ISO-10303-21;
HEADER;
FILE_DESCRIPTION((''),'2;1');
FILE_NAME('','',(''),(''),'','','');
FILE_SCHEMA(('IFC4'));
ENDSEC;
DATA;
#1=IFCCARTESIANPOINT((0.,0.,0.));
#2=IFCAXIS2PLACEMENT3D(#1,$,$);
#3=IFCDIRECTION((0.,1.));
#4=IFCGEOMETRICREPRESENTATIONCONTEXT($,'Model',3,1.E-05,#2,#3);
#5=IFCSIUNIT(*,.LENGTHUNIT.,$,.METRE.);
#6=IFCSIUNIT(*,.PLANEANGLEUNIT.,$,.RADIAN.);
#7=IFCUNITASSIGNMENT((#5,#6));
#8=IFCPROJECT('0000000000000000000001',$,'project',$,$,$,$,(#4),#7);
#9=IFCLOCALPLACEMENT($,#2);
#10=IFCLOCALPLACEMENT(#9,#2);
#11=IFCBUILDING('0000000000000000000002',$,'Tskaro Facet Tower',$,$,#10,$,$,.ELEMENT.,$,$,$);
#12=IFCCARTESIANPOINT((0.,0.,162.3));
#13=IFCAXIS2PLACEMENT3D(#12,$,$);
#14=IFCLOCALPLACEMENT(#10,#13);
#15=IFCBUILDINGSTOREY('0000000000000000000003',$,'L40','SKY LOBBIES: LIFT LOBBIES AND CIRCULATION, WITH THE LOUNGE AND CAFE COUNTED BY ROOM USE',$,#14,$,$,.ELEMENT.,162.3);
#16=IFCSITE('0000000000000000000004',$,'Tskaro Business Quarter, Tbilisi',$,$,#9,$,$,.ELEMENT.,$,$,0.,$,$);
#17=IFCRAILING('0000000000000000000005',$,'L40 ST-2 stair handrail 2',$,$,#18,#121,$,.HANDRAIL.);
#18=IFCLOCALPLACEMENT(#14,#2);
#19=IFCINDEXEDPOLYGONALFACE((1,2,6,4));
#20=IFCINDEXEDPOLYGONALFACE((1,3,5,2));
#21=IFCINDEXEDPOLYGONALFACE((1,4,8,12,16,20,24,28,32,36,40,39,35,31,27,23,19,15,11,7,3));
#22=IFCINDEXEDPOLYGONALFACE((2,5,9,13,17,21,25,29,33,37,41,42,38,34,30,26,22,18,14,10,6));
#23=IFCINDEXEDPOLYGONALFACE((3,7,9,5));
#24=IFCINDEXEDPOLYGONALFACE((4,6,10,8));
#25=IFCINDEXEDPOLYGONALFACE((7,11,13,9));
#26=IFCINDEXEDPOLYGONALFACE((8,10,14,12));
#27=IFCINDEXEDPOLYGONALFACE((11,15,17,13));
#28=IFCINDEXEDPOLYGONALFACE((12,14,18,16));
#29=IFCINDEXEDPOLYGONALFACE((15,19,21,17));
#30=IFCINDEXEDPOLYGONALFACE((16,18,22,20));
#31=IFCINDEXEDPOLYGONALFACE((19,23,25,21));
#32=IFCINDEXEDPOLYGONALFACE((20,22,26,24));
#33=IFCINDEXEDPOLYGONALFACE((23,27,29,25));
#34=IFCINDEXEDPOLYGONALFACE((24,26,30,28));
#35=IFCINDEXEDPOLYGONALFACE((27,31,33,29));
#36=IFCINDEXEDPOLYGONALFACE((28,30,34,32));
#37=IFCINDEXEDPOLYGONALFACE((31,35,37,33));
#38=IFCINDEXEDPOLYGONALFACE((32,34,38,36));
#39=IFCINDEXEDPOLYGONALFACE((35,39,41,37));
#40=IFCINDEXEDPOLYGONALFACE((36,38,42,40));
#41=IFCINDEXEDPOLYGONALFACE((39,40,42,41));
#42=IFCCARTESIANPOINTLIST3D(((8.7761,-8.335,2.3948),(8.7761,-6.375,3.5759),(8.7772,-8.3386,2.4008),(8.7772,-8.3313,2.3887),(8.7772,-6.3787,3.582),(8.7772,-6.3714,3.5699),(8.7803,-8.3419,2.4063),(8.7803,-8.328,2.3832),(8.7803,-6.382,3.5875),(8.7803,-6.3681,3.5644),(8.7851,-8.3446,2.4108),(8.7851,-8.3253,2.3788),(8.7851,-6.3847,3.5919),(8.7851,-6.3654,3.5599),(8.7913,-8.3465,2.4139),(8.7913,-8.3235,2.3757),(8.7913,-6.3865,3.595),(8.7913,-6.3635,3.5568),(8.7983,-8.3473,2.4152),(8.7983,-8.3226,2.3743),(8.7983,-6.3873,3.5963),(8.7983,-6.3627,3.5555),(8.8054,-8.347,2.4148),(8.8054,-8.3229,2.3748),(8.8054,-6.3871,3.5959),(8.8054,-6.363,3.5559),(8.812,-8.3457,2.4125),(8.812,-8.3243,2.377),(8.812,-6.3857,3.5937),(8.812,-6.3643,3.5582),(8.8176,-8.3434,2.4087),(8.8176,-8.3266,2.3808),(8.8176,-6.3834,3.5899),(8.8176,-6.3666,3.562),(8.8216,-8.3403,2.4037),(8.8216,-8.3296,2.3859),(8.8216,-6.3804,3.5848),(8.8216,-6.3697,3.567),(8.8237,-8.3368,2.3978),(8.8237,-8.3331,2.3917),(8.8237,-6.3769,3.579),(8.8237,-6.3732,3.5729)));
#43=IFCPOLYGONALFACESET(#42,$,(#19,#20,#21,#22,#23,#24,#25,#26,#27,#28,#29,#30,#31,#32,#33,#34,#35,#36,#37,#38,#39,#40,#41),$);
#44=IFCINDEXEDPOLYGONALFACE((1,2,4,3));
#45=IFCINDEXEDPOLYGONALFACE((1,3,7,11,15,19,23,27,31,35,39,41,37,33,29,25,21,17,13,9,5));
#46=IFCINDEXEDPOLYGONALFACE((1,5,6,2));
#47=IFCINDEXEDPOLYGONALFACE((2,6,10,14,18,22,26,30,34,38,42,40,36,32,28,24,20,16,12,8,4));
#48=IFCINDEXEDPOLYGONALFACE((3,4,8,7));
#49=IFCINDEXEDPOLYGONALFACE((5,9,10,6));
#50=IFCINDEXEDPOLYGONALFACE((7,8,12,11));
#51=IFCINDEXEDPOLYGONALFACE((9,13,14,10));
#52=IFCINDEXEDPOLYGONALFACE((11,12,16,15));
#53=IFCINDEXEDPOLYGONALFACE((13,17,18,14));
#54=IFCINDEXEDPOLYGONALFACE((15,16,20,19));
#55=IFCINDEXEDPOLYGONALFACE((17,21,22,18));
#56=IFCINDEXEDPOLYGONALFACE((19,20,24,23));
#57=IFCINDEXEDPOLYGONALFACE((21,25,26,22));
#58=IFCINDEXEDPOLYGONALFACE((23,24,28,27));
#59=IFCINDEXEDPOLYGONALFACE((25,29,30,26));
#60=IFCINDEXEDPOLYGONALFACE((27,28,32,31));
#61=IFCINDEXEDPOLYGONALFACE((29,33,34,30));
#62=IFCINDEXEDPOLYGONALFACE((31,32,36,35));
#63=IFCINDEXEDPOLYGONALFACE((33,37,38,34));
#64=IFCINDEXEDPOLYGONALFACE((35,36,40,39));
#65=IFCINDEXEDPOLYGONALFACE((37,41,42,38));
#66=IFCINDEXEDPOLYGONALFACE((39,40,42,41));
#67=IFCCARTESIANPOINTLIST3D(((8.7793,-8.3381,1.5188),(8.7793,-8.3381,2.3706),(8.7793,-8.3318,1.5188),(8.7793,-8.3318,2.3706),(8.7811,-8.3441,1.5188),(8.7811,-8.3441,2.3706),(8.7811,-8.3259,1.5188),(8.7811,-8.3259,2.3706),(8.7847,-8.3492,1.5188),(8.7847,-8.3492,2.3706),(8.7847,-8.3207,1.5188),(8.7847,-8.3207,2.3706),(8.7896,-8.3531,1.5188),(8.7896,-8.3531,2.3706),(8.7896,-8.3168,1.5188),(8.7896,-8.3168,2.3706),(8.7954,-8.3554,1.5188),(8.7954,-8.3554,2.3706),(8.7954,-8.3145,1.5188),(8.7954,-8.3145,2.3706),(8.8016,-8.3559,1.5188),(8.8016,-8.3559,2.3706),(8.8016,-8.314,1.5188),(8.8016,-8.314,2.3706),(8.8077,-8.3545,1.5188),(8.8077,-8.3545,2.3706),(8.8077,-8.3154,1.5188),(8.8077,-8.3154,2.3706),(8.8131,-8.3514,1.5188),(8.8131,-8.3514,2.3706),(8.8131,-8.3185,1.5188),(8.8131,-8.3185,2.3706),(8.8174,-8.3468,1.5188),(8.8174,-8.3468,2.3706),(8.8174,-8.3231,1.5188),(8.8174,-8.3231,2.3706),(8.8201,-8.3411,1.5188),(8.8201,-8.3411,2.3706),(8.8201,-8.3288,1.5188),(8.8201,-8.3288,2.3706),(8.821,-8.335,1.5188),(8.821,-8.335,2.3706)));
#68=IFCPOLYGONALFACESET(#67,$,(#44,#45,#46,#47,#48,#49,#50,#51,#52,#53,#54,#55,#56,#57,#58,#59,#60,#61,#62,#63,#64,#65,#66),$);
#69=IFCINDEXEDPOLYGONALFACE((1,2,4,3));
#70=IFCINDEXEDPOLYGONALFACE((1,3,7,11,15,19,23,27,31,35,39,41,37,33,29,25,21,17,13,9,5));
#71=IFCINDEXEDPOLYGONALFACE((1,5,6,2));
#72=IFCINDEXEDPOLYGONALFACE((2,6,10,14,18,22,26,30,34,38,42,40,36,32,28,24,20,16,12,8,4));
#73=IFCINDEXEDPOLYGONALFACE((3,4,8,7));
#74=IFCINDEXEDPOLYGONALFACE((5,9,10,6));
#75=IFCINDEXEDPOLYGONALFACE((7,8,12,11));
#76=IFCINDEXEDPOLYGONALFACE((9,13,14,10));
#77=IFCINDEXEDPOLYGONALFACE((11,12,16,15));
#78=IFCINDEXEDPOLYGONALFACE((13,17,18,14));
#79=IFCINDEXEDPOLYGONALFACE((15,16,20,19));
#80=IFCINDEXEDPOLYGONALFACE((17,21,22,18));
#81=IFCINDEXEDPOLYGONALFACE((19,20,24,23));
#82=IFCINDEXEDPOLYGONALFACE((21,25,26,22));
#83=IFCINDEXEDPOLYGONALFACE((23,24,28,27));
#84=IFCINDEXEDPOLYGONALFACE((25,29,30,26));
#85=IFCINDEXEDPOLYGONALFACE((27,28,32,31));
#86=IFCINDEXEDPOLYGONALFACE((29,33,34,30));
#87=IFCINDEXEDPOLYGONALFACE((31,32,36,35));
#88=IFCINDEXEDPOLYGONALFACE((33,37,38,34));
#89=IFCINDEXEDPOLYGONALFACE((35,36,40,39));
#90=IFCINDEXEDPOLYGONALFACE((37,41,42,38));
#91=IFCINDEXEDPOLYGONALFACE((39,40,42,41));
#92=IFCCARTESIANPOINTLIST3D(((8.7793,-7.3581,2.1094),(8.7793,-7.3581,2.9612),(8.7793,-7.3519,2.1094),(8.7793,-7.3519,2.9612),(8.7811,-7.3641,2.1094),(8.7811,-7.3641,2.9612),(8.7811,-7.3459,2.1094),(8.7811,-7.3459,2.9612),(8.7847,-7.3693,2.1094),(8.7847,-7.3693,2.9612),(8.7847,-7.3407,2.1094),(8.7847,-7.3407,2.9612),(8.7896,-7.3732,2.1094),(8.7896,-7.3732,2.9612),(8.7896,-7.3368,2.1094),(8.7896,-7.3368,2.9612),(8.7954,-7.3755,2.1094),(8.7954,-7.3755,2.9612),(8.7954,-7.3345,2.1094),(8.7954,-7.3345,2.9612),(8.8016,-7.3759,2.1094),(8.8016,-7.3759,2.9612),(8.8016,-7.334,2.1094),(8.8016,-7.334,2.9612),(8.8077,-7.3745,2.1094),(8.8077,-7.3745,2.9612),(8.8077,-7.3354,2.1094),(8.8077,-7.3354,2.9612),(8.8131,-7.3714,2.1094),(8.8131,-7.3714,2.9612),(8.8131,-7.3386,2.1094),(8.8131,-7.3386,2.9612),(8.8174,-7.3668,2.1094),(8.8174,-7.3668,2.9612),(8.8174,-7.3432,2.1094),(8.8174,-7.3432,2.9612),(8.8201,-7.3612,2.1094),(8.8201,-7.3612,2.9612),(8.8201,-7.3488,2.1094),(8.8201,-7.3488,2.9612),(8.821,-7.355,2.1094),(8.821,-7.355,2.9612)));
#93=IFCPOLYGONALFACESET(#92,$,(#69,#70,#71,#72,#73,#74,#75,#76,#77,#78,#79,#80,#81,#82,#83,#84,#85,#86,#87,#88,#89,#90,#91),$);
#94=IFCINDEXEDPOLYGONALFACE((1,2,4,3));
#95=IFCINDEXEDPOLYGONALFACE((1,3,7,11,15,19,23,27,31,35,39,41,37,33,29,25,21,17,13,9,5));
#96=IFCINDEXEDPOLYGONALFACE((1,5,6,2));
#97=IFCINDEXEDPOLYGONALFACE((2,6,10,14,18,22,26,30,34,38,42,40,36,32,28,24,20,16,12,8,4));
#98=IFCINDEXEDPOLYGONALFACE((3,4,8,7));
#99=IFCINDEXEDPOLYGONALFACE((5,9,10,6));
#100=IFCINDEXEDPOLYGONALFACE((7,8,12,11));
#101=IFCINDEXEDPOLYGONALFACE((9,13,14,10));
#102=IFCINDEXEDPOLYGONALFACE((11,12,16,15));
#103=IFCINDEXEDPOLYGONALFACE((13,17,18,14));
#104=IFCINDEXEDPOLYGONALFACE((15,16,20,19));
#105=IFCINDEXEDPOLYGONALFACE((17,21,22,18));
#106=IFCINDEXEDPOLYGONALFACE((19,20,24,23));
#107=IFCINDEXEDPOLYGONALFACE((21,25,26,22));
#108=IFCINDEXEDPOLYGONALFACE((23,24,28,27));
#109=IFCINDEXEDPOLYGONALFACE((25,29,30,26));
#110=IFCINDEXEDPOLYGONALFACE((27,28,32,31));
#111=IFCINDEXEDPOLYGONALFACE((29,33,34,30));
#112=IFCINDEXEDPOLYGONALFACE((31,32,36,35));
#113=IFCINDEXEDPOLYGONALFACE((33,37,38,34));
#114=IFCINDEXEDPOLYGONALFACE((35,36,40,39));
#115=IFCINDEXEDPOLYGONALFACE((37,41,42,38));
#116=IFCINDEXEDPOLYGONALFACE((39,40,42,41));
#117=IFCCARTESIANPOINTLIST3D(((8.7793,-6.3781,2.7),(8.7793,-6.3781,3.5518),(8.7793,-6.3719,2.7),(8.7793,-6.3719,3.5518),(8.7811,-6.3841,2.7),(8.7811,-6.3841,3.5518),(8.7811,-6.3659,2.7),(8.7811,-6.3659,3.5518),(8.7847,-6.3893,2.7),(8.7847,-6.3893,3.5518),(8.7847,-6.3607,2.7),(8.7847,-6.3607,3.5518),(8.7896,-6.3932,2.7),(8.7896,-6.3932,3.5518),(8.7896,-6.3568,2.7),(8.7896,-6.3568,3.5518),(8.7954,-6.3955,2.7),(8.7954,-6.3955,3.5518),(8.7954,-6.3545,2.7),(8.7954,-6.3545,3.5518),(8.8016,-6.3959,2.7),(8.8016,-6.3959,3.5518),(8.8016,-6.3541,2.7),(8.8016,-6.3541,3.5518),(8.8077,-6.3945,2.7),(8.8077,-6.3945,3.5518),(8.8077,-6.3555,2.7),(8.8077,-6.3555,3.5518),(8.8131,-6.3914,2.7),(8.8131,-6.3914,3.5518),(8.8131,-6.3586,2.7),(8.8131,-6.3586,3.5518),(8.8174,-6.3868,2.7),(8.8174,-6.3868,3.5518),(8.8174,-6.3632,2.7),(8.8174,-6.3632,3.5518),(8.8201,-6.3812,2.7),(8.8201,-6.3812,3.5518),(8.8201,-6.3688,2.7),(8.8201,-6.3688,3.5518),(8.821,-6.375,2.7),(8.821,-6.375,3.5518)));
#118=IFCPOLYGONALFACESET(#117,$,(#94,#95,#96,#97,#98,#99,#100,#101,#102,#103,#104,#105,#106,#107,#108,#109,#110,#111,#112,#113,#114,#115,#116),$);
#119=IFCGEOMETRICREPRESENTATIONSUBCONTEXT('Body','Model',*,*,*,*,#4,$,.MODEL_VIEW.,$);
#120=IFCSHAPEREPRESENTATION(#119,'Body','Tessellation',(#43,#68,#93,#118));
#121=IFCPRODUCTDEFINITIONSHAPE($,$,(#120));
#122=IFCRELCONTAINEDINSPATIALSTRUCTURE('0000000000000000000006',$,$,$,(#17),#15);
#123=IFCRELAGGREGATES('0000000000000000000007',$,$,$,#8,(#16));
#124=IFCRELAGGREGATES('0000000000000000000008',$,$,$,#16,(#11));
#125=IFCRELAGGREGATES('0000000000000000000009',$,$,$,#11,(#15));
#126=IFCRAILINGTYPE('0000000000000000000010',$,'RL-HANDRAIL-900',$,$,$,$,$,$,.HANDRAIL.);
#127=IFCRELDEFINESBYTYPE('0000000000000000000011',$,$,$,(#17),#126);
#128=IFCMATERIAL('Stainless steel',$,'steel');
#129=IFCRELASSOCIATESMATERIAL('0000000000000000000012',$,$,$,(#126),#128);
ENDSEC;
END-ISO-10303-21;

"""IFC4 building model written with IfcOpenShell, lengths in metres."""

from ifc_helpers import new_model, si_unit, direction, frame, origin, origin_2d, place, context, subcontext, project, spatial, circle, extrude, material, type_object, element, save


model = new_model("IFC4")

# Units and contexts
model_context = context("Model", 3, precision=1e-05, world=origin(), true_north=direction((0.0, 1.0)))
body_context = subcontext(model_context, "Body", "Model", "MODEL_VIEW")
ifc_project = project(units=[si_unit("LENGTHUNIT", "METRE"), si_unit("PLANEANGLEUNIT", "RADIAN")], contexts=[model_context])

# Site, building, storey
site_placement = place(None, origin())
site = spatial("IfcSite", under=ifc_project, at=site_placement, Name="Tskaro Business Quarter, Tbilisi", CompositionType="ELEMENT", RefElevation=0.0)
building_placement = place(site_placement, origin())
building = spatial("IfcBuilding", under=site, at=building_placement, Name="Tskaro Facet Tower", CompositionType="ELEMENT")
storey_placement = place(building_placement, frame((0.0, 0.0, 162.3)))
storey = spatial("IfcBuildingStorey", under=building, at=storey_placement, Name="L40", Description="SKY LOBBIES: LIFT LOBBIES AND CIRCULATION, WITH THE LOUNGE AND CAFE COUNTED BY ROOM USE", CompositionType="ELEMENT", Elevation=162.3)

# Shared definitions
ifc_material_1 = material(Name="Stainless steel", Category="steel")

# Railing
railing_type_1 = type_object("IfcRailingType", Name="RL-HANDRAIL-900", PredefinedType="HANDRAIL", material=ifc_material_1)
railing_1_placement = place(storey_placement, frame((8.8, -8.335, 1.5188)))
element("IfcRailing", 1, at=railing_1_placement, inside=storey, type_object=railing_type_1, Name="L40 ST-2 stair handrail 2", PredefinedType="HANDRAIL", context=body_context, shape_type="SweptSolid", body=[
    extrude(circle(Radius=0.0239, at=origin_2d()), frame((0.0, 0.0, 0.876), z_axis=(0.0, 0.856493, 0.516158), x_axis=(-1.0, 0.0, 0.0)), (0.0, 0.0, 1.0), 2.2883),
    extrude(circle(Radius=0.021, at=origin_2d()), origin(), (0.0, 0.0, 1.0), 0.8518),
    extrude(circle(Radius=0.021, at=origin_2d()), frame((0.0, 0.98, 0.5906)), (0.0, 0.0, 1.0), 0.8518),
    extrude(circle(Radius=0.021, at=origin_2d()), frame((0.0, 1.96, 1.1812)), (0.0, 0.0, 1.0), 0.8518),
])

save(model, "model.ifc")
